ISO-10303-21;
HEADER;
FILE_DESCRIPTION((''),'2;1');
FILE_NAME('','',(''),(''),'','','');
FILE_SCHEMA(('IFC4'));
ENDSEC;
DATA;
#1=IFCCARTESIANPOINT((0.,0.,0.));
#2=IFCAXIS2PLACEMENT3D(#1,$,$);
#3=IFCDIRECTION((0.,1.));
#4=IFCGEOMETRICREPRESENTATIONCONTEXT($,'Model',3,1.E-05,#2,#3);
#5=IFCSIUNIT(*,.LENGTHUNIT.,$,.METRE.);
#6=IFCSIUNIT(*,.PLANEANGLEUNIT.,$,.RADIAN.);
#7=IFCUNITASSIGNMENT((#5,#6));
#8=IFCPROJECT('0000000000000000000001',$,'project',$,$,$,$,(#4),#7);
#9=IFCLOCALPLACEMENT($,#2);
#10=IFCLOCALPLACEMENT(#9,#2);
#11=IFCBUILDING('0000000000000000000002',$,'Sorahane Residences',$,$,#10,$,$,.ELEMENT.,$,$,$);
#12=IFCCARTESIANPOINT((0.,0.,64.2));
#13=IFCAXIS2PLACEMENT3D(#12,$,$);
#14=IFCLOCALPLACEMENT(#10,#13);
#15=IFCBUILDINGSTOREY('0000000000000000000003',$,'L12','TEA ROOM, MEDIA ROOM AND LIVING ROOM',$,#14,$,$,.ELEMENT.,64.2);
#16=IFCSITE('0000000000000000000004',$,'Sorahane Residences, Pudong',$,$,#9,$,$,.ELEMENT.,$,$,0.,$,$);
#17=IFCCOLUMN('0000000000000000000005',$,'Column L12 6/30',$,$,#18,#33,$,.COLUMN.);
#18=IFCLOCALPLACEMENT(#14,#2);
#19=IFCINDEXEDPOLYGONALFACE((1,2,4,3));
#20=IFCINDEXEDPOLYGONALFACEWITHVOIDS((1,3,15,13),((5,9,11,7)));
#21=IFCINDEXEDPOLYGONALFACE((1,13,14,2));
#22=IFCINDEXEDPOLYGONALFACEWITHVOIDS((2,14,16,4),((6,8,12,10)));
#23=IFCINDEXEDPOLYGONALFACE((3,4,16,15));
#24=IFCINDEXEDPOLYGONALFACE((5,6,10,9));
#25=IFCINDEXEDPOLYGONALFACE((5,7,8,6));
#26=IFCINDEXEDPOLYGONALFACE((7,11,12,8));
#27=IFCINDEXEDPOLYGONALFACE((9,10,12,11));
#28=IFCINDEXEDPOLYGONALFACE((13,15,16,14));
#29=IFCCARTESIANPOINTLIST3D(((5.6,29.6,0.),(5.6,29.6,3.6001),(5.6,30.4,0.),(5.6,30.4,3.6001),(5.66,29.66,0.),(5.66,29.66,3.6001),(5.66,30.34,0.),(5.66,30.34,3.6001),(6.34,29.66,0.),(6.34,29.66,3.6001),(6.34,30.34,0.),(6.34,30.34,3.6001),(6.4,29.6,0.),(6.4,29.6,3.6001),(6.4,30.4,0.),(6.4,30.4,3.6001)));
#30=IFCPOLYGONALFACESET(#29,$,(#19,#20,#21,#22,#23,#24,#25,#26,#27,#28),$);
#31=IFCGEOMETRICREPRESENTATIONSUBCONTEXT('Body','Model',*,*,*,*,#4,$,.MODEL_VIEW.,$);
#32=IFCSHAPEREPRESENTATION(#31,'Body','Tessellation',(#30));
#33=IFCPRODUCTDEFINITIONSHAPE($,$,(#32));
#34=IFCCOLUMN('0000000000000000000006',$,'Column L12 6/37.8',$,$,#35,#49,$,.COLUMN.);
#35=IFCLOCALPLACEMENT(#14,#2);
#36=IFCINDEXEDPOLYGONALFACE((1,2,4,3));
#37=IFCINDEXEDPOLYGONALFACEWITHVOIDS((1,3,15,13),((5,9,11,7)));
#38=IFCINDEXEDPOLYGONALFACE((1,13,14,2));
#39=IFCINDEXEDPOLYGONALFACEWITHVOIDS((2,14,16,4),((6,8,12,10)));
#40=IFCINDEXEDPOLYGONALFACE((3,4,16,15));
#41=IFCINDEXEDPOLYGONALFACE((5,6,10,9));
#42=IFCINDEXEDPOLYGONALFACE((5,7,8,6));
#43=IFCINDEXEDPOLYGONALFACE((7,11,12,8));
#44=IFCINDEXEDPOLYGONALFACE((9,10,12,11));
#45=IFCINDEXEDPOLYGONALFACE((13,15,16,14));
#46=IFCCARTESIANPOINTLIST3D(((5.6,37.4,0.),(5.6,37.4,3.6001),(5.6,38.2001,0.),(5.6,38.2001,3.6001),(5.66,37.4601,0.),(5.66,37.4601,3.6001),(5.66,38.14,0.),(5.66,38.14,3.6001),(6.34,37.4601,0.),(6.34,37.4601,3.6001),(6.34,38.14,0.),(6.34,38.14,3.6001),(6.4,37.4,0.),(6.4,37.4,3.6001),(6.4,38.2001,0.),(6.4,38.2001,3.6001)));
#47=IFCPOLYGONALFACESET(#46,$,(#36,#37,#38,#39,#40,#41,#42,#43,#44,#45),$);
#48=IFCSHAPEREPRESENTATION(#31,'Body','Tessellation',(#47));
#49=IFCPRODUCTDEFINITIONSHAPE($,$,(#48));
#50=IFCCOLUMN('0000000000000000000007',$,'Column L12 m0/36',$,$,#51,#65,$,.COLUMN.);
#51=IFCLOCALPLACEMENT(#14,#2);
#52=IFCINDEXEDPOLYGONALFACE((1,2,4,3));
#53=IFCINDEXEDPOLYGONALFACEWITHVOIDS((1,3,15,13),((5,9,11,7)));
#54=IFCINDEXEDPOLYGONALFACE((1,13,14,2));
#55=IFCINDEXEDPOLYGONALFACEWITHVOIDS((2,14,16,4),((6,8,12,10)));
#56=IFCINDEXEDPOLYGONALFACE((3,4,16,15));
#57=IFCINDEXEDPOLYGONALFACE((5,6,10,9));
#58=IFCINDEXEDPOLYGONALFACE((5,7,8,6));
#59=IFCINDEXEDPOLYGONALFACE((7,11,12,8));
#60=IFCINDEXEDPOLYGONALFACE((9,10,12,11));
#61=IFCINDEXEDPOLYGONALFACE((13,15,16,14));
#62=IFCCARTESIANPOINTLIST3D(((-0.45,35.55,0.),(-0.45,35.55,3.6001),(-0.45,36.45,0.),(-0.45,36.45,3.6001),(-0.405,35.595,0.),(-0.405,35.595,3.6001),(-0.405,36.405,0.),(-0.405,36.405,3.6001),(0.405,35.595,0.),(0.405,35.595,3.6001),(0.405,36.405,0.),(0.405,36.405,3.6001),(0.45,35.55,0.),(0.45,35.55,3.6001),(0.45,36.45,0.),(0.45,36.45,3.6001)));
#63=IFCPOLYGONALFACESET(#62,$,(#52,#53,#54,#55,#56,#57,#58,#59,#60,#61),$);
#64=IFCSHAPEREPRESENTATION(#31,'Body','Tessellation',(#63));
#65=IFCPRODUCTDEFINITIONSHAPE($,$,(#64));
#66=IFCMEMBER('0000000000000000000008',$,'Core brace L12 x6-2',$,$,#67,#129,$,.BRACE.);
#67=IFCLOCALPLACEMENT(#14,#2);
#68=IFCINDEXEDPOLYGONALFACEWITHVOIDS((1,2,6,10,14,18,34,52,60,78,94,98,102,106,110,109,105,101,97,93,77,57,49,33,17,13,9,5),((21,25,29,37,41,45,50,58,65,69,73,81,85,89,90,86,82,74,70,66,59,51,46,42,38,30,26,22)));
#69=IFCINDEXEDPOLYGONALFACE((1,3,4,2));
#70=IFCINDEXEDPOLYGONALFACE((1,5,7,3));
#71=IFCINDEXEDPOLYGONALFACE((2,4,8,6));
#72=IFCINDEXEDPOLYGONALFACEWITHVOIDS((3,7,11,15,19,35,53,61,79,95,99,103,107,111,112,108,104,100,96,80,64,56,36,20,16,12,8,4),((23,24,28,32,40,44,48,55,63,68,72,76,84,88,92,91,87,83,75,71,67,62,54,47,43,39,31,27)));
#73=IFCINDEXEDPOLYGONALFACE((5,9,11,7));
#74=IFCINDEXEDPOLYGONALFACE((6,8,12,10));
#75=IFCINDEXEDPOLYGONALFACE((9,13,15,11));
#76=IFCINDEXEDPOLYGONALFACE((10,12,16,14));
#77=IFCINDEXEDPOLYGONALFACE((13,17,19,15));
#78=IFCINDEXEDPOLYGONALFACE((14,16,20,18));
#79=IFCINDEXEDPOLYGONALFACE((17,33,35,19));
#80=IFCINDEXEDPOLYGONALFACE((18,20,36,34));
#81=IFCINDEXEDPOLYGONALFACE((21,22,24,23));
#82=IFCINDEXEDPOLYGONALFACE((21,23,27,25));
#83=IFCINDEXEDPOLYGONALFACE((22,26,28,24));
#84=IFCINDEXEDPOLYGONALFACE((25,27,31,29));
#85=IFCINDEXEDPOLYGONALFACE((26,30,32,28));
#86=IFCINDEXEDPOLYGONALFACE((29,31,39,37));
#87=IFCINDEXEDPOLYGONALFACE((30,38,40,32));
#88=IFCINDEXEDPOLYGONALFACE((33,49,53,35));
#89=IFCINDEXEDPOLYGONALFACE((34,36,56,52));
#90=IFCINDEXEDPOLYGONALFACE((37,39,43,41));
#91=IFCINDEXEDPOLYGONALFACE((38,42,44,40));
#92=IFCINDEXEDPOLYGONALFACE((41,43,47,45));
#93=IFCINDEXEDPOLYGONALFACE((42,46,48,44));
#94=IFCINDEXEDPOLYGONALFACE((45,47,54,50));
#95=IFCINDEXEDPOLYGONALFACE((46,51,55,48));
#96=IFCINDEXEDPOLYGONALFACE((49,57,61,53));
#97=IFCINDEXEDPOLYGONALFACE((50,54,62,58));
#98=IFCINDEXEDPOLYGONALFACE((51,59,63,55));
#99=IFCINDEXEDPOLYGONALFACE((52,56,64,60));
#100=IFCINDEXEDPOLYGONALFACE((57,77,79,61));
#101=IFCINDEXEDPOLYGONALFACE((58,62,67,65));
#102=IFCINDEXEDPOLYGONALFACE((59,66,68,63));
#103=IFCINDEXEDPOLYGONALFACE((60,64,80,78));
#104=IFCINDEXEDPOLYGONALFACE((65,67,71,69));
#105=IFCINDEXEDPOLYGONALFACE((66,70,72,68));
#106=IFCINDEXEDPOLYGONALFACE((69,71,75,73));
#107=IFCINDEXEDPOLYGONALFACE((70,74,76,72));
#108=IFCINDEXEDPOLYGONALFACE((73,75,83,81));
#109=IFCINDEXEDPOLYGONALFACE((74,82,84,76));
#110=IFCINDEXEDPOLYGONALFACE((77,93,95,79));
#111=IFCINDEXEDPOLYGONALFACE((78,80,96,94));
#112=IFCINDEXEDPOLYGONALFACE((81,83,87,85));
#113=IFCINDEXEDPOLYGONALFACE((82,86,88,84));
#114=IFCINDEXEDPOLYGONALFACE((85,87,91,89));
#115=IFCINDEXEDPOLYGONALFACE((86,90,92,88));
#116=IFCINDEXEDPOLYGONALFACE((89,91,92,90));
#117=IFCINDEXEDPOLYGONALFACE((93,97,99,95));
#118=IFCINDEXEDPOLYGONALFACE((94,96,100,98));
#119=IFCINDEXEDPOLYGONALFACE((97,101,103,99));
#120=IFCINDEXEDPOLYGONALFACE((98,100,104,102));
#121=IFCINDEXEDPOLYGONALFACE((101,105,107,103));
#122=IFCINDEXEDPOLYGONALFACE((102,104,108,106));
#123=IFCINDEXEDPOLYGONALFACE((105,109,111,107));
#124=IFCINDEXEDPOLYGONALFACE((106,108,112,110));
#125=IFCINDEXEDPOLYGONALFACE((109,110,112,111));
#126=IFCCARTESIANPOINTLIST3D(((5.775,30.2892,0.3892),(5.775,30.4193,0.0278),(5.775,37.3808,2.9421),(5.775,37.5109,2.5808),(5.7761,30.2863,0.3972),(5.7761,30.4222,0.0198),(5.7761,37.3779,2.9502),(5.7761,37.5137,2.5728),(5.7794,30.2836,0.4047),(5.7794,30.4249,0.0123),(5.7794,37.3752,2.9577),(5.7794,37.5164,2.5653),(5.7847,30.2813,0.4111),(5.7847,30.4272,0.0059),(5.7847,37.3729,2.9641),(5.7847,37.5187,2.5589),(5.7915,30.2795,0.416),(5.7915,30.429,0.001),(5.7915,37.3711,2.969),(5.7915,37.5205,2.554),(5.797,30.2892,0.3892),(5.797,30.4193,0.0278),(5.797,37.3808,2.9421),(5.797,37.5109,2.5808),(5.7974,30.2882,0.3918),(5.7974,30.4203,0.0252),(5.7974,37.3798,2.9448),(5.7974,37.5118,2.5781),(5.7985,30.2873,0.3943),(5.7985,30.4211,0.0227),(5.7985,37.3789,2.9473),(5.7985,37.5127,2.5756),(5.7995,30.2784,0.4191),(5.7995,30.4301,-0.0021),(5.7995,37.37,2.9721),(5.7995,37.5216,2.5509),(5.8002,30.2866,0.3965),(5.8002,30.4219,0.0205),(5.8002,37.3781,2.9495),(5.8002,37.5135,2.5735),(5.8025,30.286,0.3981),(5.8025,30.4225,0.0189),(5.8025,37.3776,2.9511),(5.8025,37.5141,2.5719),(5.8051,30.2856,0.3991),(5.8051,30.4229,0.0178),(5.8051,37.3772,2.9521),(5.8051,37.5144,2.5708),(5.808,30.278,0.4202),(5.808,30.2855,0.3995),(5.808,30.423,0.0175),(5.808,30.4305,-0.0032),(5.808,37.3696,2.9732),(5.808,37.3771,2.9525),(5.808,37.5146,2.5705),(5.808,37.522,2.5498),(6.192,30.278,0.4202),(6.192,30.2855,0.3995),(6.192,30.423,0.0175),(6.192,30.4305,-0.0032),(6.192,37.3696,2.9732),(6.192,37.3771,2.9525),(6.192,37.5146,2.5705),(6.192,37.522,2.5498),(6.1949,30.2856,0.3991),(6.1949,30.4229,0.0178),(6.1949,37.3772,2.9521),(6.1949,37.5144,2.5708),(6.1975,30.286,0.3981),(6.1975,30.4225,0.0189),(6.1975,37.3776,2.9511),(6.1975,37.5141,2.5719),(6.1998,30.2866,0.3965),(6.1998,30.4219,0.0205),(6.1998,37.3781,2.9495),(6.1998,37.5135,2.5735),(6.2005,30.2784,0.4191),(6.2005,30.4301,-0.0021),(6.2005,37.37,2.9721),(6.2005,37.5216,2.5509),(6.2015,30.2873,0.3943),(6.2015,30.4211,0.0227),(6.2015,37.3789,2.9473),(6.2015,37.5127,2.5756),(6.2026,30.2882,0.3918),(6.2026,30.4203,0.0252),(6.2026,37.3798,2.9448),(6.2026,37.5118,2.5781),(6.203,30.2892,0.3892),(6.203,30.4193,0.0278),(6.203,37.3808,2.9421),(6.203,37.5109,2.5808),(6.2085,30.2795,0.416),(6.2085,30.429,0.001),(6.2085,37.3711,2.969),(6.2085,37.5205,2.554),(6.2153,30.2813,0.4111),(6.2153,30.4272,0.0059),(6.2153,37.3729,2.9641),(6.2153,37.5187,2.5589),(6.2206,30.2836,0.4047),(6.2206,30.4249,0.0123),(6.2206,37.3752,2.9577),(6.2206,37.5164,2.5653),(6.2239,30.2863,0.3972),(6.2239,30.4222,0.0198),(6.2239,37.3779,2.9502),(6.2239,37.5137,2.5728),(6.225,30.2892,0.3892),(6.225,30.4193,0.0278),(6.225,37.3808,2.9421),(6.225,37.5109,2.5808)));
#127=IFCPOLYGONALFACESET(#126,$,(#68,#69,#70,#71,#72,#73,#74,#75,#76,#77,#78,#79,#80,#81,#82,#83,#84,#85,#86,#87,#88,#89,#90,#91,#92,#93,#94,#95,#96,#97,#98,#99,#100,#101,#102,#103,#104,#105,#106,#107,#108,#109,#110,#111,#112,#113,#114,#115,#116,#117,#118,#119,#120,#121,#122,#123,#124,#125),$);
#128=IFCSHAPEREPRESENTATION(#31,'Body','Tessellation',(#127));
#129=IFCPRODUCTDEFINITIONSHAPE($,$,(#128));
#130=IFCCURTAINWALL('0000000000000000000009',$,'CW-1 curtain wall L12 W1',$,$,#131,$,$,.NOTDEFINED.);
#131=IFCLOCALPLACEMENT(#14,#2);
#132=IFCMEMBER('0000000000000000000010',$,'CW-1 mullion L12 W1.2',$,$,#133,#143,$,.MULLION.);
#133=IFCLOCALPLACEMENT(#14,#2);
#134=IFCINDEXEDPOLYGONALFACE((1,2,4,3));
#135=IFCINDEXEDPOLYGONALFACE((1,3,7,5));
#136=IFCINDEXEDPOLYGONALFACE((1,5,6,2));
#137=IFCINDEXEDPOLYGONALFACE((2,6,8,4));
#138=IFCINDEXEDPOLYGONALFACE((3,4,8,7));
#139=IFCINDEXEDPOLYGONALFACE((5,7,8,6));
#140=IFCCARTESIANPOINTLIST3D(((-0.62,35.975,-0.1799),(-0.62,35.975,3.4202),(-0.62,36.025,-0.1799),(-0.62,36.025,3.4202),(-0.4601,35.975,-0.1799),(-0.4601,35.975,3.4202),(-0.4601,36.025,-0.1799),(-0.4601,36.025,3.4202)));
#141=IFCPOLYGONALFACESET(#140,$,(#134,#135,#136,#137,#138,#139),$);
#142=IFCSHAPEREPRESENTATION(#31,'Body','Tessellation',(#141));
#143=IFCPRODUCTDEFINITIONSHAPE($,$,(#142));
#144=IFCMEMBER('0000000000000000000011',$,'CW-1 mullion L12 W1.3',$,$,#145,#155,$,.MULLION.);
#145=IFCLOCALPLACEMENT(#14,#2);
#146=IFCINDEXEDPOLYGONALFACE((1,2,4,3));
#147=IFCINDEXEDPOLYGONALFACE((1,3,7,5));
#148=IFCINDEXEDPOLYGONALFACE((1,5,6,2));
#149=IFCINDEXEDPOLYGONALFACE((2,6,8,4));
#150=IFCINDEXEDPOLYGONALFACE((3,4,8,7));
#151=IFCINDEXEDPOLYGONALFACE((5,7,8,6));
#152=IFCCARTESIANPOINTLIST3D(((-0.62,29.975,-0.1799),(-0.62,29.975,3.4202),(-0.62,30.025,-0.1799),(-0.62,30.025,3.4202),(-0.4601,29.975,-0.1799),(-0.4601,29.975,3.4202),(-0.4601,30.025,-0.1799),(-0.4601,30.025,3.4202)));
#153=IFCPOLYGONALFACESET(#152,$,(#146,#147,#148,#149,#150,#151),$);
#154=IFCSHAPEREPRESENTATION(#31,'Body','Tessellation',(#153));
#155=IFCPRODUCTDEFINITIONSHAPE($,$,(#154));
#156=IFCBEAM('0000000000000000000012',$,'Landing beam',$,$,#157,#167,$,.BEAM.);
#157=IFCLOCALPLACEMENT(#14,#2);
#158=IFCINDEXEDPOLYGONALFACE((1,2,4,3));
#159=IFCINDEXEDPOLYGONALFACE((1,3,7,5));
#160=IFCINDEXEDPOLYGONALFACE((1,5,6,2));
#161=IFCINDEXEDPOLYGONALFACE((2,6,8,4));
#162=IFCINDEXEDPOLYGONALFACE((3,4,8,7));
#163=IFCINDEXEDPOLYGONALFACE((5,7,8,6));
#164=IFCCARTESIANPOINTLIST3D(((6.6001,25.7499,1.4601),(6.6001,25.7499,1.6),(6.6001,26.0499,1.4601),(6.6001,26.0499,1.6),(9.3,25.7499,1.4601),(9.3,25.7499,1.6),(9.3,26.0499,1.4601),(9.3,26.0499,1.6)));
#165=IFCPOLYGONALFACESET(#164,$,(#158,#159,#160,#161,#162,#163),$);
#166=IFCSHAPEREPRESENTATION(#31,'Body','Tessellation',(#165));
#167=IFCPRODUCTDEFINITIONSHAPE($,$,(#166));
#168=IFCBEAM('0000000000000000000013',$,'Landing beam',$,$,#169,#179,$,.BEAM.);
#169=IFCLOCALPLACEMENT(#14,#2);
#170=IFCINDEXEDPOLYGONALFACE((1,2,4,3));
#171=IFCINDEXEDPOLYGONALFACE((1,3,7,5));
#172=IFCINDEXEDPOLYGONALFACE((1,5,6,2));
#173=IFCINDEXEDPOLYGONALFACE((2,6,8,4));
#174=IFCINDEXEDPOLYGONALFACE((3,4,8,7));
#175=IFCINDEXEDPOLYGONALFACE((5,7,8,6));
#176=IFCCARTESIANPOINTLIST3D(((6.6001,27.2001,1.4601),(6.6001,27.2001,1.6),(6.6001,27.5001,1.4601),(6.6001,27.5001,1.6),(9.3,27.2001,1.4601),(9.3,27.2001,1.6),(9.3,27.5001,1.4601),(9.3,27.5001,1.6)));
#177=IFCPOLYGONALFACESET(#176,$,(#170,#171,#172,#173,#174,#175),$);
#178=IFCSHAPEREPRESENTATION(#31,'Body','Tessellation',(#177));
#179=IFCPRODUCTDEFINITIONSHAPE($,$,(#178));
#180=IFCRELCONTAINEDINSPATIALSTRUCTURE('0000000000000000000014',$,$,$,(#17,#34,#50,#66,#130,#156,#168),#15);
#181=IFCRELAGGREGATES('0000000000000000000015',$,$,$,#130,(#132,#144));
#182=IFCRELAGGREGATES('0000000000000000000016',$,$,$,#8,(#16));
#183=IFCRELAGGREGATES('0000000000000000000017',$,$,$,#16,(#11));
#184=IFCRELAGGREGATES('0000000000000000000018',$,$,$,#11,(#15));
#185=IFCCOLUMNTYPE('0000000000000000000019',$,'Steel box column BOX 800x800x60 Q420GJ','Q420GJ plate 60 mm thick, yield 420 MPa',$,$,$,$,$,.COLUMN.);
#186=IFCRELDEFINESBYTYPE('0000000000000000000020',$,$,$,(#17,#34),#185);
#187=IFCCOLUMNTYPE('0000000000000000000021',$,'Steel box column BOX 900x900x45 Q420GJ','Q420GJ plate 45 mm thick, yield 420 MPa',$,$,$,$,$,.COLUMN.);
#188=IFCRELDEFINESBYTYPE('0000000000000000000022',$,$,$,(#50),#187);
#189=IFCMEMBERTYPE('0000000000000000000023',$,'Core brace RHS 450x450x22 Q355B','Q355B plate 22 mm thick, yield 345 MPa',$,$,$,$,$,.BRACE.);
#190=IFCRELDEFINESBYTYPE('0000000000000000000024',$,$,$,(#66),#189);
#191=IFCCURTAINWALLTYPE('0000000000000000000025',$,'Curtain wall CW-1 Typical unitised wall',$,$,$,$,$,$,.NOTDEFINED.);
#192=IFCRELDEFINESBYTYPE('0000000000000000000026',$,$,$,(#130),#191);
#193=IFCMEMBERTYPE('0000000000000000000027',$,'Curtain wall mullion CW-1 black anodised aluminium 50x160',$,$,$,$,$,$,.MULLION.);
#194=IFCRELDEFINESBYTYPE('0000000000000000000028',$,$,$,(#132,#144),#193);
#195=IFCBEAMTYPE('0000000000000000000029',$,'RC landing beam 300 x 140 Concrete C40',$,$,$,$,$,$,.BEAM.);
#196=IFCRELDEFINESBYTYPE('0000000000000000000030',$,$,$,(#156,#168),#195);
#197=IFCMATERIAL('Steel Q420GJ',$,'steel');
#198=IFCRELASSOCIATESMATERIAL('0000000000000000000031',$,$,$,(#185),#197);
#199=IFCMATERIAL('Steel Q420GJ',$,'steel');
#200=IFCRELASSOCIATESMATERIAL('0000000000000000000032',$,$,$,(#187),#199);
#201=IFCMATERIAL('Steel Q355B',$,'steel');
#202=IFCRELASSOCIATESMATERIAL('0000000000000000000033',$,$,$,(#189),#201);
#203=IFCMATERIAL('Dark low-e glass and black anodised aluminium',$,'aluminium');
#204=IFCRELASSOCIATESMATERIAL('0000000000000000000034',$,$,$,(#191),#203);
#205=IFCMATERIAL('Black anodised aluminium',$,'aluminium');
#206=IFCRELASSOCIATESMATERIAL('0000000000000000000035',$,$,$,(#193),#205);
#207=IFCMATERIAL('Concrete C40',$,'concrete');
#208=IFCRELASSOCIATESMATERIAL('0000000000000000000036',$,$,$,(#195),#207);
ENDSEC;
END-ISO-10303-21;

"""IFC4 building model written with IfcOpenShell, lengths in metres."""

from ifc_helpers import new_model, si_unit, direction, frame, origin, origin_2d, place, context, subcontext, project, spatial, rectangle, hollow_rectangle, extrude, material, material_profile, profile_set, type_object, element, aggregate, save


model = new_model("IFC4")

# Units and contexts
model_context = context("Model", 3, precision=1e-05, world=origin(), true_north=direction((0.0, 1.0)))
body_context = subcontext(model_context, "Body", "Model", "MODEL_VIEW")
ifc_project = project(units=[si_unit("LENGTHUNIT", "METRE"), si_unit("PLANEANGLEUNIT", "RADIAN")], contexts=[model_context])

# Site, building, storey
site_placement = place(None, origin())
site = spatial("IfcSite", under=ifc_project, at=site_placement, Name="Sorahane Residences, Pudong", CompositionType="ELEMENT", RefElevation=0.0)
building_placement = place(site_placement, origin())
building = spatial("IfcBuilding", under=site, at=building_placement, Name="Sorahane Residences", CompositionType="ELEMENT")
storey_placement = place(building_placement, frame((0.0, 0.0, 64.2)))
storey = spatial("IfcBuildingStorey", under=building, at=storey_placement, Name="L12", Description="TEA ROOM, MEDIA ROOM AND LIVING ROOM", CompositionType="ELEMENT", Elevation=64.2)

# Columns
ifc_material_1 = material(Name="Steel Q420GJ", Category="steel")
ifc_material_profile_1 = material_profile(ifc_material_1, hollow_rectangle(XDim=0.8, YDim=0.8, WallThickness=0.0601, at=origin_2d()), Name="BOX 800x800x60")
ifc_profile_set_1 = profile_set([ifc_material_profile_1], Name="Steel Q420GJ")
column_type_1 = type_object("IfcColumnType", Name="Steel box column BOX 800x800x60 Q420GJ", Description="Q420GJ plate 60 mm thick, yield 420 MPa", PredefinedType="COLUMN", material=ifc_profile_set_1)
for number, where, z_axis, x_axis, name in (
    (1, (6.0, 30.0, 0.0), (0.0, 0.0, 1.0), (1.0, 0.0, 0.0), "Column L12 6/30"),
    (2, (6.0, 37.8, 0.0), (0.0, 0.0, 1.0), (1.0, 0.0, 0.0), "Column L12 6/37.8"),
):
    element("IfcColumn", number, at=place(storey_placement, frame(where, z_axis=z_axis, x_axis=x_axis)), inside=storey, type_object=column_type_1, Name=name, PredefinedType="COLUMN", context=body_context, shape_type="SweptSolid", body=[
        extrude(hollow_rectangle(XDim=0.8, YDim=0.8, WallThickness=0.0601, at=origin_2d()), origin(), (0.0, 0.0, 1.0), 3.6001),
    ])
ifc_material_2 = material(Name="Steel Q420GJ", Category="steel")
ifc_material_profile_2 = material_profile(ifc_material_2, hollow_rectangle(XDim=0.8999, YDim=0.8999, WallThickness=0.0449, at=origin_2d()), Name="BOX 900x900x45")
ifc_profile_set_2 = profile_set([ifc_material_profile_2], Name="Steel Q420GJ")
column_type_2 = type_object("IfcColumnType", Name="Steel box column BOX 900x900x45 Q420GJ", Description="Q420GJ plate 45 mm thick, yield 420 MPa", PredefinedType="COLUMN", material=ifc_profile_set_2)
column_placement = place(storey_placement, frame((0.0, 36.0, 0.0), z_axis=(0.0, 0.0, 1.0), x_axis=(1.0, 0.0, 0.0)))
element("IfcColumn", 3, at=column_placement, inside=storey, type_object=column_type_2, Name="Column L12 m0/36", PredefinedType="COLUMN", context=body_context, shape_type="SweptSolid", body=[
    extrude(hollow_rectangle(XDim=0.8999, YDim=0.8999, WallThickness=0.0449, at=origin_2d()), origin(), (0.0, 0.0, 1.0), 3.6001),
])

# Member
ifc_material_3 = material(Name="Steel Q355B", Category="steel")
ifc_material_profile_3 = material_profile(ifc_material_3, hollow_rectangle(XDim=0.45, YDim=0.45, WallThickness=0.022, InnerFilletRadius=0.011, OuterFilletRadius=0.033, at=origin_2d()), Name="RHS 450x450x22")
ifc_profile_set_3 = profile_set([ifc_material_profile_3], Name="Steel Q355B")
member_type_1 = type_object("IfcMemberType", Name="Core brace RHS 450x450x22 Q355B", Description="Q355B plate 22 mm thick, yield 345 MPa", PredefinedType="BRACE", material=ifc_profile_set_3)
member_1_placement = place(storey_placement, frame((6.0, 30.3542, 0.2085), z_axis=(0.0, 0.940887, 0.338722), x_axis=(-1.0, 0.0, 0.0)))
element("IfcMember", 4, at=member_1_placement, inside=storey, type_object=member_type_1, Name="Core brace L12 x6-2", PredefinedType="BRACE", context=body_context, shape_type="SweptSolid", body=[
    extrude(hollow_rectangle(XDim=0.45, YDim=0.45, WallThickness=0.022, InnerFilletRadius=0.011, OuterFilletRadius=0.033, at=origin_2d()), origin(), (0.0, 0.0, 1.0), 7.5371),
])

# Curtain wall, members
ifc_material_4 = material(Name="Dark low-e glass and black anodised aluminium", Category="aluminium")
curtain_wall_type = type_object("IfcCurtainWallType", Name="Curtain wall CW-1 Typical unitised wall", PredefinedType="NOTDEFINED", material=ifc_material_4)
curtain_wall_placement = place(storey_placement, origin())
curtain_wall = element("IfcCurtainWall", 5, at=curtain_wall_placement, inside=storey, type_object=curtain_wall_type, Name="CW-1 curtain wall L12 W1", PredefinedType="NOTDEFINED")
ifc_material_5 = material(Name="Black anodised aluminium", Category="aluminium")
ifc_material_profile_4 = material_profile(ifc_material_5, rectangle(XDim=0.1599, YDim=0.05, at=origin_2d()), Name="Curtain wall mullion CW-1 black anodised aluminium 50x160")
ifc_profile_set_4 = profile_set([ifc_material_profile_4], Name="Black anodised aluminium")
member_type_2 = type_object("IfcMemberType", Name="Curtain wall mullion CW-1 black anodised aluminium 50x160", PredefinedType="MULLION", material=ifc_profile_set_4)
member_2_placement = place(storey_placement, frame((-0.54, 36.0, -0.1799), z_axis=(0.0, 0.0, 1.0), x_axis=(-1.0, 0.0, 0.0)))
member_2 = element("IfcMember", 6, at=member_2_placement, type_object=member_type_2, Name="CW-1 mullion L12 W1.2", PredefinedType="MULLION", context=body_context, shape_type="SweptSolid", body=[
    extrude(rectangle(XDim=0.1599, YDim=0.05, at=origin_2d()), origin(), (0.0, 0.0, 1.0), 3.6001),
])
member_3_placement = place(storey_placement, frame((-0.54, 30.0, -0.1799), z_axis=(0.0, 0.0, 1.0), x_axis=(-1.0, 0.0, 0.0)))
member_3 = element("IfcMember", 7, at=member_3_placement, type_object=member_type_2, Name="CW-1 mullion L12 W1.3", PredefinedType="MULLION", context=body_context, shape_type="SweptSolid", body=[
    extrude(rectangle(XDim=0.1599, YDim=0.05, at=origin_2d()), origin(), (0.0, 0.0, 1.0), 3.6001),
])

# Beams
ifc_material_6 = material(Name="Concrete C40", Category="concrete")
ifc_material_profile_5 = material_profile(ifc_material_6, rectangle(XDim=0.3, YDim=0.1399, at=origin_2d()), Name="300x140")
ifc_profile_set_5 = profile_set([ifc_material_profile_5], Name="Concrete C40")
beam_type_1 = type_object("IfcBeamType", Name="RC landing beam 300 x 140 Concrete C40", PredefinedType="BEAM", material=ifc_profile_set_5)
for number, where, z_axis, x_axis, name in (
    (8, (6.6001, 25.8999, 1.53), (1.0, 0.0, 0.0), (0.0, 1.0, 0.0), "Landing beam"),
    (9, (6.6001, 27.3501, 1.53), (1.0, 0.0, 0.0), (0.0, 1.0, 0.0), "Landing beam"),
):
    element("IfcBeam", number, at=place(storey_placement, frame(where, z_axis=z_axis, x_axis=x_axis)), inside=storey, type_object=beam_type_1, Name=name, PredefinedType="BEAM", context=body_context, shape_type="SweptSolid", body=[
        extrude(rectangle(XDim=0.3, YDim=0.1399, at=origin_2d()), origin(), (0.0, 0.0, 1.0), 2.7),
    ])

aggregate(curtain_wall, [member_2, member_3])

save(model, "model.ifc")
